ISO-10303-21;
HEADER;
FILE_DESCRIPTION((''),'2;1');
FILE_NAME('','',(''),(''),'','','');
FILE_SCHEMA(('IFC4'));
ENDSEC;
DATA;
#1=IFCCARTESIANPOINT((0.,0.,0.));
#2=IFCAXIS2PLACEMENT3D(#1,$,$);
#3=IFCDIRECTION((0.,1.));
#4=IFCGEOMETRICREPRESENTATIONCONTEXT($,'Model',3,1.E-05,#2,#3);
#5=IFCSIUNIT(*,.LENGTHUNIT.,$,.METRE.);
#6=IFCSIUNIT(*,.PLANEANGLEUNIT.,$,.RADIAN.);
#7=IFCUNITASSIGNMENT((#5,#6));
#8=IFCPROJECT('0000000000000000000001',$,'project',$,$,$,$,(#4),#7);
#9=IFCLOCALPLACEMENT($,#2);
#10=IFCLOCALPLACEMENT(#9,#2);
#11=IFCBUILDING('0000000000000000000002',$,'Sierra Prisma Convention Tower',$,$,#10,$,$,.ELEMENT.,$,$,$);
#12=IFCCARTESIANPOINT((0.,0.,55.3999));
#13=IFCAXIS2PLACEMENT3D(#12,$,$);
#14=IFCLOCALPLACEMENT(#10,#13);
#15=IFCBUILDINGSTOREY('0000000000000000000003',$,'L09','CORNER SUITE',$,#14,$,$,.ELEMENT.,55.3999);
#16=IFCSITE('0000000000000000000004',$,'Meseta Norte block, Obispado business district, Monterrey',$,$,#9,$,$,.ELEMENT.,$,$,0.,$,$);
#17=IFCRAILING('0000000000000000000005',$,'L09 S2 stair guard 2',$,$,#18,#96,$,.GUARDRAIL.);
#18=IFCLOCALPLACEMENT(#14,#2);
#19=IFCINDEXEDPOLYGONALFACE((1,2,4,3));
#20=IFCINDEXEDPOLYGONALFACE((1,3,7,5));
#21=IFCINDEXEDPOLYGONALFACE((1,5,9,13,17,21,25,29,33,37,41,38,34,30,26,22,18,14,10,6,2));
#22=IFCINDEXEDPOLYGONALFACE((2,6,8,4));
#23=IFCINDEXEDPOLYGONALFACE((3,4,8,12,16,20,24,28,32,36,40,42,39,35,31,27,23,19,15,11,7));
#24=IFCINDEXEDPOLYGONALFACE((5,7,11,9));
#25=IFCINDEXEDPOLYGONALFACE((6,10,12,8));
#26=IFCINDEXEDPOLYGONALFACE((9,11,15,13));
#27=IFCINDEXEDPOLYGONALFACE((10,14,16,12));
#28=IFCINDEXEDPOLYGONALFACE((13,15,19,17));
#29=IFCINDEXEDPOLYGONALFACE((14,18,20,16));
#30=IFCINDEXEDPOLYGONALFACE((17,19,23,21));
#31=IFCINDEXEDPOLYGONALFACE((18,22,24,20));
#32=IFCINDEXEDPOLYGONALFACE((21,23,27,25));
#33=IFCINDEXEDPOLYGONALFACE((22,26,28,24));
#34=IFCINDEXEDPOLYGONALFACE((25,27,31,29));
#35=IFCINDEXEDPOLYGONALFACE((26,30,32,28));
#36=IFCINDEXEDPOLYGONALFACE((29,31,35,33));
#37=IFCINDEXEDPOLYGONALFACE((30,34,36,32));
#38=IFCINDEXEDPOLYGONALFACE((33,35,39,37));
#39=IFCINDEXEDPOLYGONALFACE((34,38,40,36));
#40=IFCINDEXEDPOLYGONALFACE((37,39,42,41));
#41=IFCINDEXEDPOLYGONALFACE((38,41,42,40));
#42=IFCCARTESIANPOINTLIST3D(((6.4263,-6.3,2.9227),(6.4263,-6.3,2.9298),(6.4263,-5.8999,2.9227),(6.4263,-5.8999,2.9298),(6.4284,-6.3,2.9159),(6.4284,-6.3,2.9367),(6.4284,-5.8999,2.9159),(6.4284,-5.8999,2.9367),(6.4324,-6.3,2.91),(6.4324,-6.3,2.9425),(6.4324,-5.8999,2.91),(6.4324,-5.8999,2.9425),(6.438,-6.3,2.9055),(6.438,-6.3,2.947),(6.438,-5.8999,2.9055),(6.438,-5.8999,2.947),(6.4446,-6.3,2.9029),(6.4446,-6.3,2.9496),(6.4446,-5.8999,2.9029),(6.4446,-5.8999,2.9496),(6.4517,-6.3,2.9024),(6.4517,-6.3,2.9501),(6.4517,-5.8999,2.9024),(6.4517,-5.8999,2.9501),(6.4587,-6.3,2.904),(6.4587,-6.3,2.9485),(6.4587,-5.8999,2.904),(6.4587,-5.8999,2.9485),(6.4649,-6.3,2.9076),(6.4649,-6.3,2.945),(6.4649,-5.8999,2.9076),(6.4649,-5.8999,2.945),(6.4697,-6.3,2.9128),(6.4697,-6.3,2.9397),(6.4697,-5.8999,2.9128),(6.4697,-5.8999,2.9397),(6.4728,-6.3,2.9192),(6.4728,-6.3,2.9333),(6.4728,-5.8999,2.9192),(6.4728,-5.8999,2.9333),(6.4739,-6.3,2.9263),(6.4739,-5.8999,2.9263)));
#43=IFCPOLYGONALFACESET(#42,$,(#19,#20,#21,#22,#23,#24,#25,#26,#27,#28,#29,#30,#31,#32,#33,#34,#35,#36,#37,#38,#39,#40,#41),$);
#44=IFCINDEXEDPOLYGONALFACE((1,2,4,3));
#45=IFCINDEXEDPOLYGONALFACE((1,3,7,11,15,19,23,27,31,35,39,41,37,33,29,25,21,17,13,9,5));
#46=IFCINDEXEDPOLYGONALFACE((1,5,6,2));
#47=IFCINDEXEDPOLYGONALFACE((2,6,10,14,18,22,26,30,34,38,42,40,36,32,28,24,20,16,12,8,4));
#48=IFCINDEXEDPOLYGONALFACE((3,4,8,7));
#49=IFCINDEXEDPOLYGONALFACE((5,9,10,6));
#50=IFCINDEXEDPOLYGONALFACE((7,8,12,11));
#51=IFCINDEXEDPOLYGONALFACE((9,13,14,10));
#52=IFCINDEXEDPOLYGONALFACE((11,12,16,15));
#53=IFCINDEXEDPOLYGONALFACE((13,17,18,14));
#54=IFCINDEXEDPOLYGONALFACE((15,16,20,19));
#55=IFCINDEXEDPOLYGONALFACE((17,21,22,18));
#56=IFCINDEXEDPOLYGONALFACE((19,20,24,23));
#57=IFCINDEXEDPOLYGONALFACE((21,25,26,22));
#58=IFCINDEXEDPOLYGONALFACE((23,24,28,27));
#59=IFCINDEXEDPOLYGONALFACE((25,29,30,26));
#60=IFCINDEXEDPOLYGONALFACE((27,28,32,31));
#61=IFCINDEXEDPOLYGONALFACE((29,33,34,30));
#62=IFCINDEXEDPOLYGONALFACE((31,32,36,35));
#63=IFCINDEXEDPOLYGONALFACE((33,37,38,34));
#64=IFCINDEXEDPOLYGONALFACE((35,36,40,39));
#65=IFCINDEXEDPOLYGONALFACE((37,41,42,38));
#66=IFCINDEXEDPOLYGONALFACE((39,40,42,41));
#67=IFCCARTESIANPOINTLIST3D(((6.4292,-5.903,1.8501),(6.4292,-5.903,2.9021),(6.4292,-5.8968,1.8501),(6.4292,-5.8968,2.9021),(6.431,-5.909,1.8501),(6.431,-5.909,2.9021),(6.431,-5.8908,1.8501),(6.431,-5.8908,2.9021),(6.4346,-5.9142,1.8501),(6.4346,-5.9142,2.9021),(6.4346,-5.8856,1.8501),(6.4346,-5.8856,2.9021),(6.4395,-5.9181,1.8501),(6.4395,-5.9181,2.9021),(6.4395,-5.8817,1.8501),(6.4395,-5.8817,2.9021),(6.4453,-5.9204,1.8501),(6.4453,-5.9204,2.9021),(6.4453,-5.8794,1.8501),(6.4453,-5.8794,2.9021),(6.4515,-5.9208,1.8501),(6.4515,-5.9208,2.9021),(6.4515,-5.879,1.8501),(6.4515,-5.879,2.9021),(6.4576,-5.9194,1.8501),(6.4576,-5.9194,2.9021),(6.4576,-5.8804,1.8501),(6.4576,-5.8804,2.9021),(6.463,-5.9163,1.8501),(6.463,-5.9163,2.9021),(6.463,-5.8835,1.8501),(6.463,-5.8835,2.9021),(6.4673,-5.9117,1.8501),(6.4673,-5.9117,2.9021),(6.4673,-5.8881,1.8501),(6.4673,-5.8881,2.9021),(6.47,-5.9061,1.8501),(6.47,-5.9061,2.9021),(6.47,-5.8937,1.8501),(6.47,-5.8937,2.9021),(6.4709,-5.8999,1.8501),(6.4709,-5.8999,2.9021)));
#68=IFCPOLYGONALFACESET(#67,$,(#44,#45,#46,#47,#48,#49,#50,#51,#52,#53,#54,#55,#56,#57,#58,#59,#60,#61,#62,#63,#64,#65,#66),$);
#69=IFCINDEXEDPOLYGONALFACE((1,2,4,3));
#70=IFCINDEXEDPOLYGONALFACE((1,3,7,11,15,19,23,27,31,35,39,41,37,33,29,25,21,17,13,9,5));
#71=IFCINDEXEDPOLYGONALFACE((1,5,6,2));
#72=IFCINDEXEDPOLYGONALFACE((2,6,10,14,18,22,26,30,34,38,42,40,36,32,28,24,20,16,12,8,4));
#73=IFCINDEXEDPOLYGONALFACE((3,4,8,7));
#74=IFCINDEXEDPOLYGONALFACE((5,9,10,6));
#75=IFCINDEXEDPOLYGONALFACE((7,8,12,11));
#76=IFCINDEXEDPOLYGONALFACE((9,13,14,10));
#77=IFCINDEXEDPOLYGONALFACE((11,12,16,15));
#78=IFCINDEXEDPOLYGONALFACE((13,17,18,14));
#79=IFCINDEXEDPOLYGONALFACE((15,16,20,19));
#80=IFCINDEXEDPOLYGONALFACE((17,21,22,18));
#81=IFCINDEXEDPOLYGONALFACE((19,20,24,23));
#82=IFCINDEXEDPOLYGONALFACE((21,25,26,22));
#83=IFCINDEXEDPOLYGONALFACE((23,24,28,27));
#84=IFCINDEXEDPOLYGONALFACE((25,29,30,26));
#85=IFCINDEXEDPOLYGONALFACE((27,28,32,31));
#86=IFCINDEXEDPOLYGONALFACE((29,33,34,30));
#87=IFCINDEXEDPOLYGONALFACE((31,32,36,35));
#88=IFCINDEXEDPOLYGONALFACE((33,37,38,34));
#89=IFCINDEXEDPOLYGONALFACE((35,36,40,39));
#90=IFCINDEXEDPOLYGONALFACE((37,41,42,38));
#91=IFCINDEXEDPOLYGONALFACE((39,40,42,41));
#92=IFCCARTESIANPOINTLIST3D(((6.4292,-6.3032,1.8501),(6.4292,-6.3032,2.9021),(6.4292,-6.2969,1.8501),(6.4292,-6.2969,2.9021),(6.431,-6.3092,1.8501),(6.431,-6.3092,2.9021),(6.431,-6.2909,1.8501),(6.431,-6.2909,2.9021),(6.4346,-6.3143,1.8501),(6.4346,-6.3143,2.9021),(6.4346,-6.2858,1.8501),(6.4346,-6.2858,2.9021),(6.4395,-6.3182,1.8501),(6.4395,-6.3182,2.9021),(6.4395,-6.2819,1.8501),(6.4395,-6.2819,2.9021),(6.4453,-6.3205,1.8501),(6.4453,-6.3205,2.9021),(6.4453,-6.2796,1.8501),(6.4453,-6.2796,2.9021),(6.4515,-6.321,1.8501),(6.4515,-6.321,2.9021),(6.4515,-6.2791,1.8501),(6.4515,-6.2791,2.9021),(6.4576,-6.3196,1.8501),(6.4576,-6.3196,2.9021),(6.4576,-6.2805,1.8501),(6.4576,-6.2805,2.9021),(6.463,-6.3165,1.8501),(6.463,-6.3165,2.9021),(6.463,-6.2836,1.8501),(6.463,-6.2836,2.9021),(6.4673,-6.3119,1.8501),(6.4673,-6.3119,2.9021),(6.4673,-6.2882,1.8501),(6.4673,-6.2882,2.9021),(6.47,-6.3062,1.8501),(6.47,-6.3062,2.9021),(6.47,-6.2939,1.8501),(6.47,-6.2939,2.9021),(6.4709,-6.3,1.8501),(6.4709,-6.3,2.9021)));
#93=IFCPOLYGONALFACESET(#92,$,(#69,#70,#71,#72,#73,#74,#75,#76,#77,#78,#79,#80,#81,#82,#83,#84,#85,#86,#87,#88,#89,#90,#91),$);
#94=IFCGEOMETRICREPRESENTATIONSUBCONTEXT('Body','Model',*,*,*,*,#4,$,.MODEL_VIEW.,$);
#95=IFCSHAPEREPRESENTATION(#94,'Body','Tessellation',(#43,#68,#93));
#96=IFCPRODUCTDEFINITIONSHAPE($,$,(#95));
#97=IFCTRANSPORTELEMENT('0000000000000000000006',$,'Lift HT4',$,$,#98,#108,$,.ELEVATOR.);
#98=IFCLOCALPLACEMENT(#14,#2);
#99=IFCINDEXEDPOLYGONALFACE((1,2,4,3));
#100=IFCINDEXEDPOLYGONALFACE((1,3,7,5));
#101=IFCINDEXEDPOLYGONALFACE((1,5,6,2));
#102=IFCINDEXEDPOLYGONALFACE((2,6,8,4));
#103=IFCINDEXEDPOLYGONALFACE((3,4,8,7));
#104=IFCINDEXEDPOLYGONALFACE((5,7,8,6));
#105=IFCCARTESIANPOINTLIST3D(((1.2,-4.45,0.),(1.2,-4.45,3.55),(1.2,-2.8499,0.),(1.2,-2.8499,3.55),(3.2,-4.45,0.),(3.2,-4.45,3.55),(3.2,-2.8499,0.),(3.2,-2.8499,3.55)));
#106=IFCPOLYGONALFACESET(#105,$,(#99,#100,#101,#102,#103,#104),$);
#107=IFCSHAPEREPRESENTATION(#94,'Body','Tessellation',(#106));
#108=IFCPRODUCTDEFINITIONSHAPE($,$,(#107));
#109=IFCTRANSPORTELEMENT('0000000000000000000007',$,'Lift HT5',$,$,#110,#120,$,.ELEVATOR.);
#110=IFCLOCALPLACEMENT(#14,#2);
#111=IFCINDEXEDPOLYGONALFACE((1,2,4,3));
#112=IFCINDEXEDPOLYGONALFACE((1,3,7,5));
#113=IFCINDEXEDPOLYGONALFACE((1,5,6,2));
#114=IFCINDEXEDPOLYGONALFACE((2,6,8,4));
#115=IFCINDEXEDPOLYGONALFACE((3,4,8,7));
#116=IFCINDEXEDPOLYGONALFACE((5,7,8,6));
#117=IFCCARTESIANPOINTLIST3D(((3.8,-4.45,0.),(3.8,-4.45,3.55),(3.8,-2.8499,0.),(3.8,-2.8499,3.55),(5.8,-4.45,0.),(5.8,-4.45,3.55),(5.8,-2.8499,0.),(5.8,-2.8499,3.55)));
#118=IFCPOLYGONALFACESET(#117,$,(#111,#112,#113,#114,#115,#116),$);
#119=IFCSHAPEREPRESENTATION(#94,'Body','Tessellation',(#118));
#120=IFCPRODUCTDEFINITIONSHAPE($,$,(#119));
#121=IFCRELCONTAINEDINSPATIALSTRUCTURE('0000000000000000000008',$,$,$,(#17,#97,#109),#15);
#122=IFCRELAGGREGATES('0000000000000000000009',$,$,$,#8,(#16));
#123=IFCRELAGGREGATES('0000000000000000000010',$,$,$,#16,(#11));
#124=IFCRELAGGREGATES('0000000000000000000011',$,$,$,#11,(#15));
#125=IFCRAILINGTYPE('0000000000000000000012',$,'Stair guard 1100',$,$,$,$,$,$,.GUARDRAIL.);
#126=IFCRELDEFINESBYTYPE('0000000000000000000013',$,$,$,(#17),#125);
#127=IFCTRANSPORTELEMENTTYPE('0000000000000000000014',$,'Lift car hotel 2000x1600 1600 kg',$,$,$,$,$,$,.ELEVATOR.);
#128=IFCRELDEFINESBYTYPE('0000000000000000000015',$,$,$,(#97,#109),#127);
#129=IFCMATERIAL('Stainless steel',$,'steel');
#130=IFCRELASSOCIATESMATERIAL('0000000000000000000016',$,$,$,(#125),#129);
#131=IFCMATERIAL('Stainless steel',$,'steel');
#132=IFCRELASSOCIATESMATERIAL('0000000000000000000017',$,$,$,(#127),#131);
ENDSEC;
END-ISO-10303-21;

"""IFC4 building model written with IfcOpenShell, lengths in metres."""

from ifc_helpers import new_model, si_unit, direction, frame, origin, origin_2d, place, context, subcontext, project, spatial, rectangle, circle, extrude, material, type_object, element, save


model = new_model("IFC4")

# Units and contexts
model_context = context("Model", 3, precision=1e-05, world=origin(), true_north=direction((0.0, 1.0)))
body_context = subcontext(model_context, "Body", "Model", "MODEL_VIEW")
ifc_project = project(units=[si_unit("LENGTHUNIT", "METRE"), si_unit("PLANEANGLEUNIT", "RADIAN")], contexts=[model_context])

# Site, building, storey
site_placement = place(None, origin())
site = spatial("IfcSite", under=ifc_project, at=site_placement, Name="Meseta Norte block, Obispado business district, Monterrey", CompositionType="ELEMENT", RefElevation=0.0)
building_placement = place(site_placement, origin())
building = spatial("IfcBuilding", under=site, at=building_placement, Name="Sierra Prisma Convention Tower", CompositionType="ELEMENT")
storey_placement = place(building_placement, frame((0.0, 0.0, 55.3999)))
storey = spatial("IfcBuildingStorey", under=building, at=storey_placement, Name="L09", Description="CORNER SUITE", CompositionType="ELEMENT", Elevation=55.3999)

# Railing
ifc_material_1 = material(Name="Stainless steel", Category="steel")
railing_type_1 = type_object("IfcRailingType", Name="Stair guard 1100", PredefinedType="GUARDRAIL", material=ifc_material_1)
railing_1_placement = place(storey_placement, frame((6.45, -5.8999, 1.8501)))
element("IfcRailing", 1, at=railing_1_placement, inside=storey, type_object=railing_type_1, Name="L09 S2 stair guard 2", PredefinedType="GUARDRAIL", context=body_context, shape_type="SweptSolid", body=[
    extrude(circle(Radius=0.0239, at=origin_2d()), frame((0.0, 0.0, 1.0762), z_axis=(0.0, -1.0, 0.0), x_axis=(1.0, 0.0, 0.0)), (0.0, 0.0, 1.0), 0.4001),
    extrude(circle(Radius=0.021, at=origin_2d()), origin(), (0.0, 0.0, 1.0), 1.052),
    extrude(circle(Radius=0.021, at=origin_2d()), frame((0.0, -0.4001, 0.0)), (0.0, 0.0, 1.0), 1.052),
])

# Transport elements
ifc_material_2 = material(Name="Stainless steel", Category="steel")
transport_element_type = type_object("IfcTransportElementType", Name="Lift car hotel 2000x1600 1600 kg", PredefinedType="ELEVATOR", material=ifc_material_2)
for number, where, z_axis, x_axis, name in (
    (2, (2.2, -3.6499, 0.0), (0.0, 0.0, 1.0), (1.0, 0.0, 0.0), "Lift HT4"),
    (3, (4.8, -3.6499, 0.0), (0.0, 0.0, 1.0), (1.0, 0.0, 0.0), "Lift HT5"),
):
    element("IfcTransportElement", number, at=place(storey_placement, frame(where, z_axis=z_axis, x_axis=x_axis)), inside=storey, type_object=transport_element_type, Name=name, PredefinedType="ELEVATOR", context=body_context, shape_type="SweptSolid", body=[
        extrude(rectangle(XDim=2.0, YDim=1.6001, at=origin_2d()), origin(), (0.0, 0.0, 1.0), 3.55),
    ])

save(model, "model.ifc")
